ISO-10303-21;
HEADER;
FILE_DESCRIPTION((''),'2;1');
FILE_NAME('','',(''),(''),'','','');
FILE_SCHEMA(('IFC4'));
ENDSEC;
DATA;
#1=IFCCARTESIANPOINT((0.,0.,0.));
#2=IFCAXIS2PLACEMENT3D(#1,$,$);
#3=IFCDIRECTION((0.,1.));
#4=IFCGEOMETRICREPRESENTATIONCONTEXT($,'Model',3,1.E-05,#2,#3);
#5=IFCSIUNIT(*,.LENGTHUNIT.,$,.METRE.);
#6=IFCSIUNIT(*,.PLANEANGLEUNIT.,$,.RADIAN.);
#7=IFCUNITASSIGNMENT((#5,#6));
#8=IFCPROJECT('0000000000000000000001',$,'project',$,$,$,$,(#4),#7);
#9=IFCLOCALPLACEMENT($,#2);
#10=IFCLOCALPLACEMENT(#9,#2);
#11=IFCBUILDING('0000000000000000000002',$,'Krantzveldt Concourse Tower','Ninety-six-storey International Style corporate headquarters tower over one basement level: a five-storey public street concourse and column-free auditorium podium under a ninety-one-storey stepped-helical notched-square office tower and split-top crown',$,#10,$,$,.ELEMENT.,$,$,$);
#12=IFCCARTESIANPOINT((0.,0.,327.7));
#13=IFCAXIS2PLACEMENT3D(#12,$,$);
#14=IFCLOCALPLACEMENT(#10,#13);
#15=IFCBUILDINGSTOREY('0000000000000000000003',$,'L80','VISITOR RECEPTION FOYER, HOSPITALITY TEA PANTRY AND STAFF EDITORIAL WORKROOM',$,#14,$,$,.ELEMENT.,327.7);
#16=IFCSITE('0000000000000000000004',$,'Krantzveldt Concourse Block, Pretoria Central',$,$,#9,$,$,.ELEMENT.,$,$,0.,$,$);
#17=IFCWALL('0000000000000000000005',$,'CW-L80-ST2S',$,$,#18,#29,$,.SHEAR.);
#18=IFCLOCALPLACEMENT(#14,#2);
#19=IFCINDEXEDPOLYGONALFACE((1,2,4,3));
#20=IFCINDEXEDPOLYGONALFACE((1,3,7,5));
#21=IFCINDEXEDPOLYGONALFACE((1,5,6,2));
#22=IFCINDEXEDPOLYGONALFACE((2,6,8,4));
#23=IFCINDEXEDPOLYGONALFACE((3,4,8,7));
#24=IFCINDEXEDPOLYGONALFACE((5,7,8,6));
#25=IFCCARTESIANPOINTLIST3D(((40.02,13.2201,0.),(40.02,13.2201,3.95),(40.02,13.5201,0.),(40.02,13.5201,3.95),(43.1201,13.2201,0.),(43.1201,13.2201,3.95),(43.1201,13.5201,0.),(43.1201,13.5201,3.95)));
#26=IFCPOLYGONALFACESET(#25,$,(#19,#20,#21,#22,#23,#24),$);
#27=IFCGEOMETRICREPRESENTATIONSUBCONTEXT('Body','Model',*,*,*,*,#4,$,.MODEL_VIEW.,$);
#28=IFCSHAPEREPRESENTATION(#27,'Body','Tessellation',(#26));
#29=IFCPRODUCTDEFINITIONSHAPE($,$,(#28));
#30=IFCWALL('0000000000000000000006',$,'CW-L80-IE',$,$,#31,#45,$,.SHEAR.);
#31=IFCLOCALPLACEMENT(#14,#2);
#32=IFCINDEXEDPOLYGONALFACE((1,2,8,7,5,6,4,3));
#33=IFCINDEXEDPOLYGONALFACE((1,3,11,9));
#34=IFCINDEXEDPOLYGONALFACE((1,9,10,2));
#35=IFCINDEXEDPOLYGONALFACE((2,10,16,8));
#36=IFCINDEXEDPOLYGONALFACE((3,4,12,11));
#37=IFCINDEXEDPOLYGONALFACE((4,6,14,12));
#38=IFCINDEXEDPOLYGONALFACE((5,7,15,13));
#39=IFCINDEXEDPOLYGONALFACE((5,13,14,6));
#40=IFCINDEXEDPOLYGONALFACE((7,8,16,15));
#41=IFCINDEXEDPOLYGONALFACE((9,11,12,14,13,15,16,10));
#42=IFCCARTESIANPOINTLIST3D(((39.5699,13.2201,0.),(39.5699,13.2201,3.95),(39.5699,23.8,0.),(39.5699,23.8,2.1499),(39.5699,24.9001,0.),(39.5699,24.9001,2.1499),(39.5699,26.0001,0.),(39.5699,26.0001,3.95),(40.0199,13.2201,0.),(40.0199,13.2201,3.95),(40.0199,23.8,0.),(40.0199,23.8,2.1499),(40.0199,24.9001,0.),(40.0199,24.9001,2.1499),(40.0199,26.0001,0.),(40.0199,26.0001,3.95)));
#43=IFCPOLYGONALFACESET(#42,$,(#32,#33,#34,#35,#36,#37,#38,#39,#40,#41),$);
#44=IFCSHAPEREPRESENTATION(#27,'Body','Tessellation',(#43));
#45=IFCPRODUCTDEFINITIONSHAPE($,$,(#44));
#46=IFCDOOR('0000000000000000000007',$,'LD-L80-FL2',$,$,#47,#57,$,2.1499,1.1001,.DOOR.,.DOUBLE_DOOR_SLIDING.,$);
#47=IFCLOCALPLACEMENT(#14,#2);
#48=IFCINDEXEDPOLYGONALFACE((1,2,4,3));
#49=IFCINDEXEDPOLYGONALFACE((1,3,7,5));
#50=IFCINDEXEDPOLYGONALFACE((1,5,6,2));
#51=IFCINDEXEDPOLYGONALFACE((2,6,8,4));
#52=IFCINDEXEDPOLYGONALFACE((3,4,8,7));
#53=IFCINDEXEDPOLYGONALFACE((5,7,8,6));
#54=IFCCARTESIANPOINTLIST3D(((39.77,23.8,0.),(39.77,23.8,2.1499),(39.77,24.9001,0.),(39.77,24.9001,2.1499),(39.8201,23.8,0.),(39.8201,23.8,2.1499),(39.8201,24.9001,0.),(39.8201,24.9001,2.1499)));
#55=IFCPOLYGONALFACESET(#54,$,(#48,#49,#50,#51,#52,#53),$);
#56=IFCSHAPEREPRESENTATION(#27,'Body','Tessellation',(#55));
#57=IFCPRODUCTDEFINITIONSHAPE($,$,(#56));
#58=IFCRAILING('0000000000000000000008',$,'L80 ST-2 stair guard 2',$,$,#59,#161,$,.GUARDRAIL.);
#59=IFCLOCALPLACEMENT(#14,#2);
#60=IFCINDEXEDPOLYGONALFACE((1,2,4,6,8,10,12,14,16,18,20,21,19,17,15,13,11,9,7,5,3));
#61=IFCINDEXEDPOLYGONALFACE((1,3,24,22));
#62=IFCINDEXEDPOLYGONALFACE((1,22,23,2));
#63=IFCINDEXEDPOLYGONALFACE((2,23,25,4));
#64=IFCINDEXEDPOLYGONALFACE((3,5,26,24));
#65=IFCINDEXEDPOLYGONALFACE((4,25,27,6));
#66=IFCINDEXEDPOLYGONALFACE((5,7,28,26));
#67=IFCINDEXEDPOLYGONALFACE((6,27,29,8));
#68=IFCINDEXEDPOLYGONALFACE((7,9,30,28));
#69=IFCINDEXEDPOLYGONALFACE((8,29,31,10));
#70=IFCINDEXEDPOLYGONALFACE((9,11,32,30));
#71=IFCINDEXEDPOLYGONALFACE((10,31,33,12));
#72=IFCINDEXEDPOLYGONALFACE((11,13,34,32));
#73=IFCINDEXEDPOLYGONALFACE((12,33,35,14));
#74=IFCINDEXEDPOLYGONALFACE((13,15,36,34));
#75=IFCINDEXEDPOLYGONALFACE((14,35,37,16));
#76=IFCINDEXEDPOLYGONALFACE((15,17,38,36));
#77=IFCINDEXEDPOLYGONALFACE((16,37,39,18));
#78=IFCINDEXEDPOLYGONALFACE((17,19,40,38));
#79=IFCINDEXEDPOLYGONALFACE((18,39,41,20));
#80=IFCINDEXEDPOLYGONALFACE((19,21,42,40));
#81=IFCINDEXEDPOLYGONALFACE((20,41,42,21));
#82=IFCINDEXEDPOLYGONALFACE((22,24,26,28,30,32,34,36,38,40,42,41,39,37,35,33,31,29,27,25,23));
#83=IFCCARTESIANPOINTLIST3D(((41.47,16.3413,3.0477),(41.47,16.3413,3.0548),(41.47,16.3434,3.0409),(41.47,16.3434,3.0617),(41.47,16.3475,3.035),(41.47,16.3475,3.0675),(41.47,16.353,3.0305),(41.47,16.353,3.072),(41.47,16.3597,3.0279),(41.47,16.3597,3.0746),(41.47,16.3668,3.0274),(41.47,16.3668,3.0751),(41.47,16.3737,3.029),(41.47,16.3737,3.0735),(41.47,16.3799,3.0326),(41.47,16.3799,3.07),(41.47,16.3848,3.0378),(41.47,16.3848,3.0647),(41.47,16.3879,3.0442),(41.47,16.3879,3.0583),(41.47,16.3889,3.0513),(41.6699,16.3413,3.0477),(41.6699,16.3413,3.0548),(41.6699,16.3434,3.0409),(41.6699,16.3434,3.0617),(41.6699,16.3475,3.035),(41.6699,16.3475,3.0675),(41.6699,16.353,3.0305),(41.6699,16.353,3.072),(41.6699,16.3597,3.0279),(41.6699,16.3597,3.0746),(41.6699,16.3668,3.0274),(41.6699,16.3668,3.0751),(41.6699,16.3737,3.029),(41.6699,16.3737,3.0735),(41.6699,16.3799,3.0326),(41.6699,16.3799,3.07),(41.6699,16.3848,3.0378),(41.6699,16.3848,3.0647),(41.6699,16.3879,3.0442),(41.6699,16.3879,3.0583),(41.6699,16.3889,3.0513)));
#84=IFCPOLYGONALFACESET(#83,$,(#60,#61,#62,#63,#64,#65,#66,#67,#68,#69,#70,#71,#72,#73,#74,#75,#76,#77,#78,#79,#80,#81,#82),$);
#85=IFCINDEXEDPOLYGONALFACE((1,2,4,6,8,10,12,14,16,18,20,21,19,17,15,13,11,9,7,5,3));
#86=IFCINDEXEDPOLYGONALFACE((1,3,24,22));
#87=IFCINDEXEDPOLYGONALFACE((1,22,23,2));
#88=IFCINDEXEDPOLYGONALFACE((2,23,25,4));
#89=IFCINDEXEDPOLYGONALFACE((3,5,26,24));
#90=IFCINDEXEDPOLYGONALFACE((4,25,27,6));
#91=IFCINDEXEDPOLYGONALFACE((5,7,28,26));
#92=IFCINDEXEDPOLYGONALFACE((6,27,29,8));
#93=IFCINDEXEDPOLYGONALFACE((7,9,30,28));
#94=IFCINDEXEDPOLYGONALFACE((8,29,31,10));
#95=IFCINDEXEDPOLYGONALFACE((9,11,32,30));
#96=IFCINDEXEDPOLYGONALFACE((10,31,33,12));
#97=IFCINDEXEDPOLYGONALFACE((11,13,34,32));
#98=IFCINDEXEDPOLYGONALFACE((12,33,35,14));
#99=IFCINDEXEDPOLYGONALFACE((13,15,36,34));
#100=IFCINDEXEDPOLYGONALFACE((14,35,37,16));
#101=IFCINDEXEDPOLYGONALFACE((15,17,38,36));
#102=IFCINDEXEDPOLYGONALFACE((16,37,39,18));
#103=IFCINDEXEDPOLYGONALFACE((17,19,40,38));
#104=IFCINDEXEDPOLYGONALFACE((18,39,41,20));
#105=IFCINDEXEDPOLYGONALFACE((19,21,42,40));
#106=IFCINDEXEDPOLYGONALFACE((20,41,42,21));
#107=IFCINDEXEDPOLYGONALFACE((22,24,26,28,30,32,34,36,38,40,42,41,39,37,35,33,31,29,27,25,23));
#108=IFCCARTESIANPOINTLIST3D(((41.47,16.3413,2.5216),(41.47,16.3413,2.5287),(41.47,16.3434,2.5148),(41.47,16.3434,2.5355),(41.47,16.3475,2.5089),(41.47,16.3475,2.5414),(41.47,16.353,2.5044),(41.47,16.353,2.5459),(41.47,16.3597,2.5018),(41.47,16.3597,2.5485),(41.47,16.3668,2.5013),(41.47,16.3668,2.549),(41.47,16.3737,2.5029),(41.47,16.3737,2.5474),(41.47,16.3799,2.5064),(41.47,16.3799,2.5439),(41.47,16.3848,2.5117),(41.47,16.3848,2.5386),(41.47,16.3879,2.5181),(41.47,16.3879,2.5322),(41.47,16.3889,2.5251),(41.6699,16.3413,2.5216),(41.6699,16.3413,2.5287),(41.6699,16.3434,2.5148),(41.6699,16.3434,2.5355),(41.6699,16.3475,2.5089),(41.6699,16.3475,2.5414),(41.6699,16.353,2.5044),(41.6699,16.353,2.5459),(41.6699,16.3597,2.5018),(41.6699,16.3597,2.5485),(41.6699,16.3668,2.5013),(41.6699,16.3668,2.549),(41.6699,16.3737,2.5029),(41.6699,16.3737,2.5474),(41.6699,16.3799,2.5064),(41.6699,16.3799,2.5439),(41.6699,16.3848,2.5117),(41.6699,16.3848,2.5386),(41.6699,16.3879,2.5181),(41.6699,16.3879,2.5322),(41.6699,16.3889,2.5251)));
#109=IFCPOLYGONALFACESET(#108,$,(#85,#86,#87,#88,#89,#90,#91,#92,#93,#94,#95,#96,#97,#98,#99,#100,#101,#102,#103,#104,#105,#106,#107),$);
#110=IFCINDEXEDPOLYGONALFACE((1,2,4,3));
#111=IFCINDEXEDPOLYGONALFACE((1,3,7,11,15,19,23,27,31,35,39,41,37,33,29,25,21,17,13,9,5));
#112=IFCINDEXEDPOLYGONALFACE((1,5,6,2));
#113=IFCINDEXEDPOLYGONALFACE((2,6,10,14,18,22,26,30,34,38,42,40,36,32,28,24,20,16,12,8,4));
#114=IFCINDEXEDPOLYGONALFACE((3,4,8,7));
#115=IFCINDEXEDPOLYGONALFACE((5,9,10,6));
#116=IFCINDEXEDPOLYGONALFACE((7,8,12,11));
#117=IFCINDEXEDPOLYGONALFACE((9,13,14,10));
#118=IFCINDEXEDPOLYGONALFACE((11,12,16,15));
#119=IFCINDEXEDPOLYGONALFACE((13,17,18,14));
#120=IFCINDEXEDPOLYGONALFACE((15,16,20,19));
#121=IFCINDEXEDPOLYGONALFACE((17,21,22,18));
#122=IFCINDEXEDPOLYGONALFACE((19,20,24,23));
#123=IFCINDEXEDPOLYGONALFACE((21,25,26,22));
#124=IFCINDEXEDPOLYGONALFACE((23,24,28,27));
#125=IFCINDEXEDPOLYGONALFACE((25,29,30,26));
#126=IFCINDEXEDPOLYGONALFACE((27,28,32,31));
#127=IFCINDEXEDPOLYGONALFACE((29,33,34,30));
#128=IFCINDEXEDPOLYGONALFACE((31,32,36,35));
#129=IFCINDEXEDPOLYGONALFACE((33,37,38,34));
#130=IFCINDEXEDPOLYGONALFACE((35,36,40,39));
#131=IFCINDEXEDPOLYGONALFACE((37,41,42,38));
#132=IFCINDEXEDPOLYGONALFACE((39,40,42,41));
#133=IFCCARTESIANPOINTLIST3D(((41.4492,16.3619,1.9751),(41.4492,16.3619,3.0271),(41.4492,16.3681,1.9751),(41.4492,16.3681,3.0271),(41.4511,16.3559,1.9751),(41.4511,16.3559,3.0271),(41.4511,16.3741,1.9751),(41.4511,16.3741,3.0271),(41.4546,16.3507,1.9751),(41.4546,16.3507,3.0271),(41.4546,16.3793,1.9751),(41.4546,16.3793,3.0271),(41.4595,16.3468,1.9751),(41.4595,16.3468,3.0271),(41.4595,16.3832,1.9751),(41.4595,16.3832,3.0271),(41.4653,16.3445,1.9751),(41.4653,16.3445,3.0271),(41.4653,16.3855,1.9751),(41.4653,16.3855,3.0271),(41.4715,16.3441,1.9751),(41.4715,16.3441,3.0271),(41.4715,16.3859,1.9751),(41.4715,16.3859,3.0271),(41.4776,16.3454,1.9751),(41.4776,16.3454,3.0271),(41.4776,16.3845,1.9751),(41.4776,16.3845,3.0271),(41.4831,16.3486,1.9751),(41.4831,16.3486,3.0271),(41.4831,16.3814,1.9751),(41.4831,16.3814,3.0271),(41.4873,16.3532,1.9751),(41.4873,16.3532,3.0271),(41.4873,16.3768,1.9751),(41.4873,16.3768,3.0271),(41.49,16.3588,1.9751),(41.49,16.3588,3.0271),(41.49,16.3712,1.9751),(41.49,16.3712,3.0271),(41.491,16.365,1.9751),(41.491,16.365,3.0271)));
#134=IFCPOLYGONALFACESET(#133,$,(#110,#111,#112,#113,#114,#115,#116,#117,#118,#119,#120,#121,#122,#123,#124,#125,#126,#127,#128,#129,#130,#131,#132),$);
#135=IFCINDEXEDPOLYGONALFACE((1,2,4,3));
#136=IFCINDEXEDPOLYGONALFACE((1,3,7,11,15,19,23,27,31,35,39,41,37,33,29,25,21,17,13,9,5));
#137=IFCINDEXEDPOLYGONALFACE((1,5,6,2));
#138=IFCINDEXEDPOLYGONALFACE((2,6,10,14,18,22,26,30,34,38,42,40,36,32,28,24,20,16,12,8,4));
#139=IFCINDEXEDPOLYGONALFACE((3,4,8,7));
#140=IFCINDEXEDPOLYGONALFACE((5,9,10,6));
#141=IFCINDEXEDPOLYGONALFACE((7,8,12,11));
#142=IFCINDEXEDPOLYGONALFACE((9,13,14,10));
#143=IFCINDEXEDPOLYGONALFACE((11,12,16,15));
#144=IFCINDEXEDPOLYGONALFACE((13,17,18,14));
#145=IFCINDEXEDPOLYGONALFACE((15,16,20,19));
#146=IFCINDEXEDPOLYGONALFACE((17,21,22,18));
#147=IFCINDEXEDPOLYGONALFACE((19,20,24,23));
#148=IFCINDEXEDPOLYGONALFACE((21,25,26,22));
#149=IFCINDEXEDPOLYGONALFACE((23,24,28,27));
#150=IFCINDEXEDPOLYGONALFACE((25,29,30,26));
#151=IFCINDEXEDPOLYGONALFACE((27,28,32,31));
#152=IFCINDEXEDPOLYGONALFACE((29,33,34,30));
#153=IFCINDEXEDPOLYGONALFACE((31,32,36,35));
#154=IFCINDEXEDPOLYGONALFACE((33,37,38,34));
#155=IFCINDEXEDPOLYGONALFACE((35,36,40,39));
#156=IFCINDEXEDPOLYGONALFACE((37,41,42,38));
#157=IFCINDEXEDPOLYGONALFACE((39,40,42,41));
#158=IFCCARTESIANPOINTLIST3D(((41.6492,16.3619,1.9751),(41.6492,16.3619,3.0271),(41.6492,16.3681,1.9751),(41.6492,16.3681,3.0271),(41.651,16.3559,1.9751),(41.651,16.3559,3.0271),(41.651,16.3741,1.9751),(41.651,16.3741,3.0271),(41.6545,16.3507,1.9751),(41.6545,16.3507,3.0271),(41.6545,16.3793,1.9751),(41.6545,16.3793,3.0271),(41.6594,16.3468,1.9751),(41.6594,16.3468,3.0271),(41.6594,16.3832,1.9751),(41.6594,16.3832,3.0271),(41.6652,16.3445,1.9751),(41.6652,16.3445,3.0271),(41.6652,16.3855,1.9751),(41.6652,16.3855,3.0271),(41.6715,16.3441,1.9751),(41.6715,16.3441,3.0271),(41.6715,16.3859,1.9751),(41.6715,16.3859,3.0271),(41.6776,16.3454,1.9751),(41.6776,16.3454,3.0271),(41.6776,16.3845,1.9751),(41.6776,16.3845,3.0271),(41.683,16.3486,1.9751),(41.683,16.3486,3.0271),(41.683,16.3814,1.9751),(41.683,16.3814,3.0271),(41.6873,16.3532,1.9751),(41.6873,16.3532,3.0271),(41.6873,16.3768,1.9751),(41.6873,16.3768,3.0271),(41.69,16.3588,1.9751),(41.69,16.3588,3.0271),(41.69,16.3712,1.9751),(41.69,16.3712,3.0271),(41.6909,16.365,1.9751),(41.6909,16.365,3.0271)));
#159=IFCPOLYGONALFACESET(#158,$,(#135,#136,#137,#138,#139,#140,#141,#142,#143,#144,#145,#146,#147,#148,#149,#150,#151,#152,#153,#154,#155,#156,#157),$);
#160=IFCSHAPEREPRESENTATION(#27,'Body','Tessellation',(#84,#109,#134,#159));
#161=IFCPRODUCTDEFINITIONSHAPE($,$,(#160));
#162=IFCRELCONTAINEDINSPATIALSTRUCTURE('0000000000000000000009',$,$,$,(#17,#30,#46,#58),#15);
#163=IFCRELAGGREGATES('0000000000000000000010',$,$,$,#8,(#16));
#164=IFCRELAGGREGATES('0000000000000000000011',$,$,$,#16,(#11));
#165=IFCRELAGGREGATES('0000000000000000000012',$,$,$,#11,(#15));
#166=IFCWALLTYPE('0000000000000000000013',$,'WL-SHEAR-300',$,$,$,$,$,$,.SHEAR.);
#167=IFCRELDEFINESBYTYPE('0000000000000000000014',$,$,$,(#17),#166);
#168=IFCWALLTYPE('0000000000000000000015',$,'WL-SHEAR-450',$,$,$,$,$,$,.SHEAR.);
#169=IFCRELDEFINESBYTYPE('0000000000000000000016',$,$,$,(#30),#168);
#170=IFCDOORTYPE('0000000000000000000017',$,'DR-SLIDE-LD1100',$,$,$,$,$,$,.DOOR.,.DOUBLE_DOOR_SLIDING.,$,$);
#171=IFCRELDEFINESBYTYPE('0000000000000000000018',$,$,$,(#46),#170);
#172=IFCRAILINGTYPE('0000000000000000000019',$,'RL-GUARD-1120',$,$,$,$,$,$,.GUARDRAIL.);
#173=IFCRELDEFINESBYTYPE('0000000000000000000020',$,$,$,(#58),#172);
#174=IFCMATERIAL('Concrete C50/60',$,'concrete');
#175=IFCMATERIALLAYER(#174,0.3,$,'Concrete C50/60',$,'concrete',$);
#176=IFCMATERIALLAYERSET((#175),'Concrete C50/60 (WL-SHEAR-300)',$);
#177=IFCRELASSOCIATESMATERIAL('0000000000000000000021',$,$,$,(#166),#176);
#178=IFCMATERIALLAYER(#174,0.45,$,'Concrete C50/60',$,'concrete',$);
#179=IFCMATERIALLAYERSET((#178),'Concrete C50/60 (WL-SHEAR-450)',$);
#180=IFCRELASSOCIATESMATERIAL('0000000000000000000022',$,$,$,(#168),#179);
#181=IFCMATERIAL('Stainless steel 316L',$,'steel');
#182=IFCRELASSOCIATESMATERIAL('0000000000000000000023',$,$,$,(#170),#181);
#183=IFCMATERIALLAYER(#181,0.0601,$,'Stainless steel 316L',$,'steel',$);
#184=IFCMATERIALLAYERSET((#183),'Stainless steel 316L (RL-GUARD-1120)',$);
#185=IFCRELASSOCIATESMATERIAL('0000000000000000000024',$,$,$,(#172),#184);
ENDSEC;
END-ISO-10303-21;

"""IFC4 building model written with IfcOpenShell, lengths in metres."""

from ifc_helpers import new_model, si_unit, direction, frame, frame_2d, origin, origin_2d, place, context, subcontext, project, spatial, rectangle, circle, extrude, material, layer, layer_set, type_object, element, fill, save


model = new_model("IFC4")

# Units and contexts
model_context = context("Model", 3, precision=1e-05, world=origin(), true_north=direction((0.0, 1.0)))
body_context = subcontext(model_context, "Body", "Model", "MODEL_VIEW")
ifc_project = project(units=[si_unit("LENGTHUNIT", "METRE"), si_unit("PLANEANGLEUNIT", "RADIAN")], contexts=[model_context])

# Site, building, storey
site_placement = place(None, origin())
site = spatial("IfcSite", under=ifc_project, at=site_placement, Name="Krantzveldt Concourse Block, Pretoria Central", CompositionType="ELEMENT", RefElevation=0.0)
building_placement = place(site_placement, origin())
building = spatial("IfcBuilding", under=site, at=building_placement, Name="Krantzveldt Concourse Tower", Description="Ninety-six-storey International Style corporate headquarters tower over one basement level: a five-storey public street concourse and column-free auditorium podium under a ninety-one-storey stepped-helical notched-square office tower and split-top crown", CompositionType="ELEMENT")
storey_placement = place(building_placement, frame((0.0, 0.0, 327.7)))
storey = spatial("IfcBuildingStorey", under=building, at=storey_placement, Name="L80", Description="VISITOR RECEPTION FOYER, HOSPITALITY TEA PANTRY AND STAFF EDITORIAL WORKROOM", CompositionType="ELEMENT", Elevation=327.7)

# Wall
ifc_material_1 = material(Name="Concrete C50/60", Category="concrete")
ifc_layer_1 = layer(ifc_material_1, 0.3, Name="Concrete C50/60", Category="concrete")
ifc_layer_set_1 = layer_set([ifc_layer_1], Name="Concrete C50/60 (WL-SHEAR-300)")
wall_type_1 = type_object("IfcWallType", Name="WL-SHEAR-300", PredefinedType="SHEAR", material=ifc_layer_set_1)
wall_1_placement = place(storey_placement, frame((40.02, 13.3701, 0.0), z_axis=(0.0, 0.0, 1.0), x_axis=(1.0, 0.0, 0.0)))
element("IfcWall", 1, at=wall_1_placement, inside=storey, type_object=wall_type_1, Name="CW-L80-ST2S", PredefinedType="SHEAR", context=body_context, shape_type="SweptSolid", body=[
    extrude(rectangle(XDim=3.1001, YDim=0.3, at=frame_2d((1.55, 0.0))), origin(), (0.0, 0.0, 1.0), 3.95),
])

# Wall, opening, door
ifc_layer_2 = layer(ifc_material_1, 0.45, Name="Concrete C50/60", Category="concrete")
ifc_layer_set_2 = layer_set([ifc_layer_2], Name="Concrete C50/60 (WL-SHEAR-450)")
wall_type_2 = type_object("IfcWallType", Name="WL-SHEAR-450", PredefinedType="SHEAR", material=ifc_layer_set_2)
wall_2_placement = place(storey_placement, frame((39.7949, 13.22, 0.0), z_axis=(0.0, 0.0, 1.0), x_axis=(0.0, 1.0, 0.0)))
wall_2 = element("IfcWall", 2, at=wall_2_placement, inside=storey, type_object=wall_type_2, Name="CW-L80-IE", PredefinedType="SHEAR", context=body_context, shape_type="SweptSolid", body=[
    extrude(rectangle(XDim=12.78, YDim=0.45, at=frame_2d((6.3901, 0.0))), origin(), (0.0, 0.0, 1.0), 3.95),
])
opening_1_placement = place(wall_2_placement, frame((10.5801, 0.0, 0.0)))
opening_1 = element("IfcOpeningElement", 3, at=opening_1_placement, cuts=wall_2, PredefinedType="OPENING", context=body_context, shape_type="SweptSolid", body=[
    extrude(rectangle(XDim=1.1001, YDim=2.1499, at=frame_2d((0.55, 1.075))), frame((0.0, 0.2349, 0.0), z_axis=(0.0, -1.0, 0.0), x_axis=(1.0, 0.0, 0.0)), (0.0, 0.0, 1.0), 0.47),
])
ifc_material_2 = material(Name="Stainless steel 316L", Category="steel")
door_type_1 = type_object("IfcDoorType", Name="DR-SLIDE-LD1100", OperationType="DOUBLE_DOOR_SLIDING", PredefinedType="DOOR", material=ifc_material_2)
door_1_placement = place(opening_1_placement, origin())
door_1 = element("IfcDoor", 4, at=door_1_placement, inside=storey, type_object=door_type_1, Name="LD-L80-FL2", OperationType="DOUBLE_DOOR_SLIDING", OverallHeight=2.1499, OverallWidth=1.1001, PredefinedType="DOOR", context=body_context, shape_type="SweptSolid", body=[
    extrude(rectangle(XDim=1.1001, YDim=2.1499, at=frame_2d((0.55, 1.075))), frame((0.0, 0.0249, 0.0), z_axis=(0.0, -1.0, 0.0), x_axis=(1.0, 0.0, 0.0)), (0.0, 0.0, 1.0), 0.05),
])
fill(opening_1, door_1)

# Railing
ifc_layer_3 = layer(ifc_material_2, 0.0601, Name="Stainless steel 316L", Category="steel")
ifc_layer_set_3 = layer_set([ifc_layer_3], Name="Stainless steel 316L (RL-GUARD-1120)")
railing_type = type_object("IfcRailingType", Name="RL-GUARD-1120", PredefinedType="GUARDRAIL", material=ifc_layer_set_3)
railing_1_placement = place(storey_placement, frame((41.47, 16.365, 1.9751)))
element("IfcRailing", 5, at=railing_1_placement, inside=storey, type_object=railing_type, Name="L80 ST-2 stair guard 2", PredefinedType="GUARDRAIL", context=body_context, shape_type="SweptSolid", body=[
    extrude(circle(Radius=0.0239, at=origin_2d()), frame((0.0, 0.0, 1.0762), z_axis=(1.0, 0.0, 0.0), x_axis=(0.0, 1.0, 0.0)), (0.0, 0.0, 1.0), 0.2),
    extrude(circle(Radius=0.0239, at=origin_2d()), frame((0.0, 0.0, 0.55), z_axis=(1.0, 0.0, 0.0), x_axis=(0.0, 1.0, 0.0)), (0.0, 0.0, 1.0), 0.2),
    extrude(circle(Radius=0.021, at=origin_2d()), origin(), (0.0, 0.0, 1.0), 1.052),
    extrude(circle(Radius=0.021, at=origin_2d()), frame((0.2, 0.0, 0.0)), (0.0, 0.0, 1.0), 1.052),
])

save(model, "model.ifc")
